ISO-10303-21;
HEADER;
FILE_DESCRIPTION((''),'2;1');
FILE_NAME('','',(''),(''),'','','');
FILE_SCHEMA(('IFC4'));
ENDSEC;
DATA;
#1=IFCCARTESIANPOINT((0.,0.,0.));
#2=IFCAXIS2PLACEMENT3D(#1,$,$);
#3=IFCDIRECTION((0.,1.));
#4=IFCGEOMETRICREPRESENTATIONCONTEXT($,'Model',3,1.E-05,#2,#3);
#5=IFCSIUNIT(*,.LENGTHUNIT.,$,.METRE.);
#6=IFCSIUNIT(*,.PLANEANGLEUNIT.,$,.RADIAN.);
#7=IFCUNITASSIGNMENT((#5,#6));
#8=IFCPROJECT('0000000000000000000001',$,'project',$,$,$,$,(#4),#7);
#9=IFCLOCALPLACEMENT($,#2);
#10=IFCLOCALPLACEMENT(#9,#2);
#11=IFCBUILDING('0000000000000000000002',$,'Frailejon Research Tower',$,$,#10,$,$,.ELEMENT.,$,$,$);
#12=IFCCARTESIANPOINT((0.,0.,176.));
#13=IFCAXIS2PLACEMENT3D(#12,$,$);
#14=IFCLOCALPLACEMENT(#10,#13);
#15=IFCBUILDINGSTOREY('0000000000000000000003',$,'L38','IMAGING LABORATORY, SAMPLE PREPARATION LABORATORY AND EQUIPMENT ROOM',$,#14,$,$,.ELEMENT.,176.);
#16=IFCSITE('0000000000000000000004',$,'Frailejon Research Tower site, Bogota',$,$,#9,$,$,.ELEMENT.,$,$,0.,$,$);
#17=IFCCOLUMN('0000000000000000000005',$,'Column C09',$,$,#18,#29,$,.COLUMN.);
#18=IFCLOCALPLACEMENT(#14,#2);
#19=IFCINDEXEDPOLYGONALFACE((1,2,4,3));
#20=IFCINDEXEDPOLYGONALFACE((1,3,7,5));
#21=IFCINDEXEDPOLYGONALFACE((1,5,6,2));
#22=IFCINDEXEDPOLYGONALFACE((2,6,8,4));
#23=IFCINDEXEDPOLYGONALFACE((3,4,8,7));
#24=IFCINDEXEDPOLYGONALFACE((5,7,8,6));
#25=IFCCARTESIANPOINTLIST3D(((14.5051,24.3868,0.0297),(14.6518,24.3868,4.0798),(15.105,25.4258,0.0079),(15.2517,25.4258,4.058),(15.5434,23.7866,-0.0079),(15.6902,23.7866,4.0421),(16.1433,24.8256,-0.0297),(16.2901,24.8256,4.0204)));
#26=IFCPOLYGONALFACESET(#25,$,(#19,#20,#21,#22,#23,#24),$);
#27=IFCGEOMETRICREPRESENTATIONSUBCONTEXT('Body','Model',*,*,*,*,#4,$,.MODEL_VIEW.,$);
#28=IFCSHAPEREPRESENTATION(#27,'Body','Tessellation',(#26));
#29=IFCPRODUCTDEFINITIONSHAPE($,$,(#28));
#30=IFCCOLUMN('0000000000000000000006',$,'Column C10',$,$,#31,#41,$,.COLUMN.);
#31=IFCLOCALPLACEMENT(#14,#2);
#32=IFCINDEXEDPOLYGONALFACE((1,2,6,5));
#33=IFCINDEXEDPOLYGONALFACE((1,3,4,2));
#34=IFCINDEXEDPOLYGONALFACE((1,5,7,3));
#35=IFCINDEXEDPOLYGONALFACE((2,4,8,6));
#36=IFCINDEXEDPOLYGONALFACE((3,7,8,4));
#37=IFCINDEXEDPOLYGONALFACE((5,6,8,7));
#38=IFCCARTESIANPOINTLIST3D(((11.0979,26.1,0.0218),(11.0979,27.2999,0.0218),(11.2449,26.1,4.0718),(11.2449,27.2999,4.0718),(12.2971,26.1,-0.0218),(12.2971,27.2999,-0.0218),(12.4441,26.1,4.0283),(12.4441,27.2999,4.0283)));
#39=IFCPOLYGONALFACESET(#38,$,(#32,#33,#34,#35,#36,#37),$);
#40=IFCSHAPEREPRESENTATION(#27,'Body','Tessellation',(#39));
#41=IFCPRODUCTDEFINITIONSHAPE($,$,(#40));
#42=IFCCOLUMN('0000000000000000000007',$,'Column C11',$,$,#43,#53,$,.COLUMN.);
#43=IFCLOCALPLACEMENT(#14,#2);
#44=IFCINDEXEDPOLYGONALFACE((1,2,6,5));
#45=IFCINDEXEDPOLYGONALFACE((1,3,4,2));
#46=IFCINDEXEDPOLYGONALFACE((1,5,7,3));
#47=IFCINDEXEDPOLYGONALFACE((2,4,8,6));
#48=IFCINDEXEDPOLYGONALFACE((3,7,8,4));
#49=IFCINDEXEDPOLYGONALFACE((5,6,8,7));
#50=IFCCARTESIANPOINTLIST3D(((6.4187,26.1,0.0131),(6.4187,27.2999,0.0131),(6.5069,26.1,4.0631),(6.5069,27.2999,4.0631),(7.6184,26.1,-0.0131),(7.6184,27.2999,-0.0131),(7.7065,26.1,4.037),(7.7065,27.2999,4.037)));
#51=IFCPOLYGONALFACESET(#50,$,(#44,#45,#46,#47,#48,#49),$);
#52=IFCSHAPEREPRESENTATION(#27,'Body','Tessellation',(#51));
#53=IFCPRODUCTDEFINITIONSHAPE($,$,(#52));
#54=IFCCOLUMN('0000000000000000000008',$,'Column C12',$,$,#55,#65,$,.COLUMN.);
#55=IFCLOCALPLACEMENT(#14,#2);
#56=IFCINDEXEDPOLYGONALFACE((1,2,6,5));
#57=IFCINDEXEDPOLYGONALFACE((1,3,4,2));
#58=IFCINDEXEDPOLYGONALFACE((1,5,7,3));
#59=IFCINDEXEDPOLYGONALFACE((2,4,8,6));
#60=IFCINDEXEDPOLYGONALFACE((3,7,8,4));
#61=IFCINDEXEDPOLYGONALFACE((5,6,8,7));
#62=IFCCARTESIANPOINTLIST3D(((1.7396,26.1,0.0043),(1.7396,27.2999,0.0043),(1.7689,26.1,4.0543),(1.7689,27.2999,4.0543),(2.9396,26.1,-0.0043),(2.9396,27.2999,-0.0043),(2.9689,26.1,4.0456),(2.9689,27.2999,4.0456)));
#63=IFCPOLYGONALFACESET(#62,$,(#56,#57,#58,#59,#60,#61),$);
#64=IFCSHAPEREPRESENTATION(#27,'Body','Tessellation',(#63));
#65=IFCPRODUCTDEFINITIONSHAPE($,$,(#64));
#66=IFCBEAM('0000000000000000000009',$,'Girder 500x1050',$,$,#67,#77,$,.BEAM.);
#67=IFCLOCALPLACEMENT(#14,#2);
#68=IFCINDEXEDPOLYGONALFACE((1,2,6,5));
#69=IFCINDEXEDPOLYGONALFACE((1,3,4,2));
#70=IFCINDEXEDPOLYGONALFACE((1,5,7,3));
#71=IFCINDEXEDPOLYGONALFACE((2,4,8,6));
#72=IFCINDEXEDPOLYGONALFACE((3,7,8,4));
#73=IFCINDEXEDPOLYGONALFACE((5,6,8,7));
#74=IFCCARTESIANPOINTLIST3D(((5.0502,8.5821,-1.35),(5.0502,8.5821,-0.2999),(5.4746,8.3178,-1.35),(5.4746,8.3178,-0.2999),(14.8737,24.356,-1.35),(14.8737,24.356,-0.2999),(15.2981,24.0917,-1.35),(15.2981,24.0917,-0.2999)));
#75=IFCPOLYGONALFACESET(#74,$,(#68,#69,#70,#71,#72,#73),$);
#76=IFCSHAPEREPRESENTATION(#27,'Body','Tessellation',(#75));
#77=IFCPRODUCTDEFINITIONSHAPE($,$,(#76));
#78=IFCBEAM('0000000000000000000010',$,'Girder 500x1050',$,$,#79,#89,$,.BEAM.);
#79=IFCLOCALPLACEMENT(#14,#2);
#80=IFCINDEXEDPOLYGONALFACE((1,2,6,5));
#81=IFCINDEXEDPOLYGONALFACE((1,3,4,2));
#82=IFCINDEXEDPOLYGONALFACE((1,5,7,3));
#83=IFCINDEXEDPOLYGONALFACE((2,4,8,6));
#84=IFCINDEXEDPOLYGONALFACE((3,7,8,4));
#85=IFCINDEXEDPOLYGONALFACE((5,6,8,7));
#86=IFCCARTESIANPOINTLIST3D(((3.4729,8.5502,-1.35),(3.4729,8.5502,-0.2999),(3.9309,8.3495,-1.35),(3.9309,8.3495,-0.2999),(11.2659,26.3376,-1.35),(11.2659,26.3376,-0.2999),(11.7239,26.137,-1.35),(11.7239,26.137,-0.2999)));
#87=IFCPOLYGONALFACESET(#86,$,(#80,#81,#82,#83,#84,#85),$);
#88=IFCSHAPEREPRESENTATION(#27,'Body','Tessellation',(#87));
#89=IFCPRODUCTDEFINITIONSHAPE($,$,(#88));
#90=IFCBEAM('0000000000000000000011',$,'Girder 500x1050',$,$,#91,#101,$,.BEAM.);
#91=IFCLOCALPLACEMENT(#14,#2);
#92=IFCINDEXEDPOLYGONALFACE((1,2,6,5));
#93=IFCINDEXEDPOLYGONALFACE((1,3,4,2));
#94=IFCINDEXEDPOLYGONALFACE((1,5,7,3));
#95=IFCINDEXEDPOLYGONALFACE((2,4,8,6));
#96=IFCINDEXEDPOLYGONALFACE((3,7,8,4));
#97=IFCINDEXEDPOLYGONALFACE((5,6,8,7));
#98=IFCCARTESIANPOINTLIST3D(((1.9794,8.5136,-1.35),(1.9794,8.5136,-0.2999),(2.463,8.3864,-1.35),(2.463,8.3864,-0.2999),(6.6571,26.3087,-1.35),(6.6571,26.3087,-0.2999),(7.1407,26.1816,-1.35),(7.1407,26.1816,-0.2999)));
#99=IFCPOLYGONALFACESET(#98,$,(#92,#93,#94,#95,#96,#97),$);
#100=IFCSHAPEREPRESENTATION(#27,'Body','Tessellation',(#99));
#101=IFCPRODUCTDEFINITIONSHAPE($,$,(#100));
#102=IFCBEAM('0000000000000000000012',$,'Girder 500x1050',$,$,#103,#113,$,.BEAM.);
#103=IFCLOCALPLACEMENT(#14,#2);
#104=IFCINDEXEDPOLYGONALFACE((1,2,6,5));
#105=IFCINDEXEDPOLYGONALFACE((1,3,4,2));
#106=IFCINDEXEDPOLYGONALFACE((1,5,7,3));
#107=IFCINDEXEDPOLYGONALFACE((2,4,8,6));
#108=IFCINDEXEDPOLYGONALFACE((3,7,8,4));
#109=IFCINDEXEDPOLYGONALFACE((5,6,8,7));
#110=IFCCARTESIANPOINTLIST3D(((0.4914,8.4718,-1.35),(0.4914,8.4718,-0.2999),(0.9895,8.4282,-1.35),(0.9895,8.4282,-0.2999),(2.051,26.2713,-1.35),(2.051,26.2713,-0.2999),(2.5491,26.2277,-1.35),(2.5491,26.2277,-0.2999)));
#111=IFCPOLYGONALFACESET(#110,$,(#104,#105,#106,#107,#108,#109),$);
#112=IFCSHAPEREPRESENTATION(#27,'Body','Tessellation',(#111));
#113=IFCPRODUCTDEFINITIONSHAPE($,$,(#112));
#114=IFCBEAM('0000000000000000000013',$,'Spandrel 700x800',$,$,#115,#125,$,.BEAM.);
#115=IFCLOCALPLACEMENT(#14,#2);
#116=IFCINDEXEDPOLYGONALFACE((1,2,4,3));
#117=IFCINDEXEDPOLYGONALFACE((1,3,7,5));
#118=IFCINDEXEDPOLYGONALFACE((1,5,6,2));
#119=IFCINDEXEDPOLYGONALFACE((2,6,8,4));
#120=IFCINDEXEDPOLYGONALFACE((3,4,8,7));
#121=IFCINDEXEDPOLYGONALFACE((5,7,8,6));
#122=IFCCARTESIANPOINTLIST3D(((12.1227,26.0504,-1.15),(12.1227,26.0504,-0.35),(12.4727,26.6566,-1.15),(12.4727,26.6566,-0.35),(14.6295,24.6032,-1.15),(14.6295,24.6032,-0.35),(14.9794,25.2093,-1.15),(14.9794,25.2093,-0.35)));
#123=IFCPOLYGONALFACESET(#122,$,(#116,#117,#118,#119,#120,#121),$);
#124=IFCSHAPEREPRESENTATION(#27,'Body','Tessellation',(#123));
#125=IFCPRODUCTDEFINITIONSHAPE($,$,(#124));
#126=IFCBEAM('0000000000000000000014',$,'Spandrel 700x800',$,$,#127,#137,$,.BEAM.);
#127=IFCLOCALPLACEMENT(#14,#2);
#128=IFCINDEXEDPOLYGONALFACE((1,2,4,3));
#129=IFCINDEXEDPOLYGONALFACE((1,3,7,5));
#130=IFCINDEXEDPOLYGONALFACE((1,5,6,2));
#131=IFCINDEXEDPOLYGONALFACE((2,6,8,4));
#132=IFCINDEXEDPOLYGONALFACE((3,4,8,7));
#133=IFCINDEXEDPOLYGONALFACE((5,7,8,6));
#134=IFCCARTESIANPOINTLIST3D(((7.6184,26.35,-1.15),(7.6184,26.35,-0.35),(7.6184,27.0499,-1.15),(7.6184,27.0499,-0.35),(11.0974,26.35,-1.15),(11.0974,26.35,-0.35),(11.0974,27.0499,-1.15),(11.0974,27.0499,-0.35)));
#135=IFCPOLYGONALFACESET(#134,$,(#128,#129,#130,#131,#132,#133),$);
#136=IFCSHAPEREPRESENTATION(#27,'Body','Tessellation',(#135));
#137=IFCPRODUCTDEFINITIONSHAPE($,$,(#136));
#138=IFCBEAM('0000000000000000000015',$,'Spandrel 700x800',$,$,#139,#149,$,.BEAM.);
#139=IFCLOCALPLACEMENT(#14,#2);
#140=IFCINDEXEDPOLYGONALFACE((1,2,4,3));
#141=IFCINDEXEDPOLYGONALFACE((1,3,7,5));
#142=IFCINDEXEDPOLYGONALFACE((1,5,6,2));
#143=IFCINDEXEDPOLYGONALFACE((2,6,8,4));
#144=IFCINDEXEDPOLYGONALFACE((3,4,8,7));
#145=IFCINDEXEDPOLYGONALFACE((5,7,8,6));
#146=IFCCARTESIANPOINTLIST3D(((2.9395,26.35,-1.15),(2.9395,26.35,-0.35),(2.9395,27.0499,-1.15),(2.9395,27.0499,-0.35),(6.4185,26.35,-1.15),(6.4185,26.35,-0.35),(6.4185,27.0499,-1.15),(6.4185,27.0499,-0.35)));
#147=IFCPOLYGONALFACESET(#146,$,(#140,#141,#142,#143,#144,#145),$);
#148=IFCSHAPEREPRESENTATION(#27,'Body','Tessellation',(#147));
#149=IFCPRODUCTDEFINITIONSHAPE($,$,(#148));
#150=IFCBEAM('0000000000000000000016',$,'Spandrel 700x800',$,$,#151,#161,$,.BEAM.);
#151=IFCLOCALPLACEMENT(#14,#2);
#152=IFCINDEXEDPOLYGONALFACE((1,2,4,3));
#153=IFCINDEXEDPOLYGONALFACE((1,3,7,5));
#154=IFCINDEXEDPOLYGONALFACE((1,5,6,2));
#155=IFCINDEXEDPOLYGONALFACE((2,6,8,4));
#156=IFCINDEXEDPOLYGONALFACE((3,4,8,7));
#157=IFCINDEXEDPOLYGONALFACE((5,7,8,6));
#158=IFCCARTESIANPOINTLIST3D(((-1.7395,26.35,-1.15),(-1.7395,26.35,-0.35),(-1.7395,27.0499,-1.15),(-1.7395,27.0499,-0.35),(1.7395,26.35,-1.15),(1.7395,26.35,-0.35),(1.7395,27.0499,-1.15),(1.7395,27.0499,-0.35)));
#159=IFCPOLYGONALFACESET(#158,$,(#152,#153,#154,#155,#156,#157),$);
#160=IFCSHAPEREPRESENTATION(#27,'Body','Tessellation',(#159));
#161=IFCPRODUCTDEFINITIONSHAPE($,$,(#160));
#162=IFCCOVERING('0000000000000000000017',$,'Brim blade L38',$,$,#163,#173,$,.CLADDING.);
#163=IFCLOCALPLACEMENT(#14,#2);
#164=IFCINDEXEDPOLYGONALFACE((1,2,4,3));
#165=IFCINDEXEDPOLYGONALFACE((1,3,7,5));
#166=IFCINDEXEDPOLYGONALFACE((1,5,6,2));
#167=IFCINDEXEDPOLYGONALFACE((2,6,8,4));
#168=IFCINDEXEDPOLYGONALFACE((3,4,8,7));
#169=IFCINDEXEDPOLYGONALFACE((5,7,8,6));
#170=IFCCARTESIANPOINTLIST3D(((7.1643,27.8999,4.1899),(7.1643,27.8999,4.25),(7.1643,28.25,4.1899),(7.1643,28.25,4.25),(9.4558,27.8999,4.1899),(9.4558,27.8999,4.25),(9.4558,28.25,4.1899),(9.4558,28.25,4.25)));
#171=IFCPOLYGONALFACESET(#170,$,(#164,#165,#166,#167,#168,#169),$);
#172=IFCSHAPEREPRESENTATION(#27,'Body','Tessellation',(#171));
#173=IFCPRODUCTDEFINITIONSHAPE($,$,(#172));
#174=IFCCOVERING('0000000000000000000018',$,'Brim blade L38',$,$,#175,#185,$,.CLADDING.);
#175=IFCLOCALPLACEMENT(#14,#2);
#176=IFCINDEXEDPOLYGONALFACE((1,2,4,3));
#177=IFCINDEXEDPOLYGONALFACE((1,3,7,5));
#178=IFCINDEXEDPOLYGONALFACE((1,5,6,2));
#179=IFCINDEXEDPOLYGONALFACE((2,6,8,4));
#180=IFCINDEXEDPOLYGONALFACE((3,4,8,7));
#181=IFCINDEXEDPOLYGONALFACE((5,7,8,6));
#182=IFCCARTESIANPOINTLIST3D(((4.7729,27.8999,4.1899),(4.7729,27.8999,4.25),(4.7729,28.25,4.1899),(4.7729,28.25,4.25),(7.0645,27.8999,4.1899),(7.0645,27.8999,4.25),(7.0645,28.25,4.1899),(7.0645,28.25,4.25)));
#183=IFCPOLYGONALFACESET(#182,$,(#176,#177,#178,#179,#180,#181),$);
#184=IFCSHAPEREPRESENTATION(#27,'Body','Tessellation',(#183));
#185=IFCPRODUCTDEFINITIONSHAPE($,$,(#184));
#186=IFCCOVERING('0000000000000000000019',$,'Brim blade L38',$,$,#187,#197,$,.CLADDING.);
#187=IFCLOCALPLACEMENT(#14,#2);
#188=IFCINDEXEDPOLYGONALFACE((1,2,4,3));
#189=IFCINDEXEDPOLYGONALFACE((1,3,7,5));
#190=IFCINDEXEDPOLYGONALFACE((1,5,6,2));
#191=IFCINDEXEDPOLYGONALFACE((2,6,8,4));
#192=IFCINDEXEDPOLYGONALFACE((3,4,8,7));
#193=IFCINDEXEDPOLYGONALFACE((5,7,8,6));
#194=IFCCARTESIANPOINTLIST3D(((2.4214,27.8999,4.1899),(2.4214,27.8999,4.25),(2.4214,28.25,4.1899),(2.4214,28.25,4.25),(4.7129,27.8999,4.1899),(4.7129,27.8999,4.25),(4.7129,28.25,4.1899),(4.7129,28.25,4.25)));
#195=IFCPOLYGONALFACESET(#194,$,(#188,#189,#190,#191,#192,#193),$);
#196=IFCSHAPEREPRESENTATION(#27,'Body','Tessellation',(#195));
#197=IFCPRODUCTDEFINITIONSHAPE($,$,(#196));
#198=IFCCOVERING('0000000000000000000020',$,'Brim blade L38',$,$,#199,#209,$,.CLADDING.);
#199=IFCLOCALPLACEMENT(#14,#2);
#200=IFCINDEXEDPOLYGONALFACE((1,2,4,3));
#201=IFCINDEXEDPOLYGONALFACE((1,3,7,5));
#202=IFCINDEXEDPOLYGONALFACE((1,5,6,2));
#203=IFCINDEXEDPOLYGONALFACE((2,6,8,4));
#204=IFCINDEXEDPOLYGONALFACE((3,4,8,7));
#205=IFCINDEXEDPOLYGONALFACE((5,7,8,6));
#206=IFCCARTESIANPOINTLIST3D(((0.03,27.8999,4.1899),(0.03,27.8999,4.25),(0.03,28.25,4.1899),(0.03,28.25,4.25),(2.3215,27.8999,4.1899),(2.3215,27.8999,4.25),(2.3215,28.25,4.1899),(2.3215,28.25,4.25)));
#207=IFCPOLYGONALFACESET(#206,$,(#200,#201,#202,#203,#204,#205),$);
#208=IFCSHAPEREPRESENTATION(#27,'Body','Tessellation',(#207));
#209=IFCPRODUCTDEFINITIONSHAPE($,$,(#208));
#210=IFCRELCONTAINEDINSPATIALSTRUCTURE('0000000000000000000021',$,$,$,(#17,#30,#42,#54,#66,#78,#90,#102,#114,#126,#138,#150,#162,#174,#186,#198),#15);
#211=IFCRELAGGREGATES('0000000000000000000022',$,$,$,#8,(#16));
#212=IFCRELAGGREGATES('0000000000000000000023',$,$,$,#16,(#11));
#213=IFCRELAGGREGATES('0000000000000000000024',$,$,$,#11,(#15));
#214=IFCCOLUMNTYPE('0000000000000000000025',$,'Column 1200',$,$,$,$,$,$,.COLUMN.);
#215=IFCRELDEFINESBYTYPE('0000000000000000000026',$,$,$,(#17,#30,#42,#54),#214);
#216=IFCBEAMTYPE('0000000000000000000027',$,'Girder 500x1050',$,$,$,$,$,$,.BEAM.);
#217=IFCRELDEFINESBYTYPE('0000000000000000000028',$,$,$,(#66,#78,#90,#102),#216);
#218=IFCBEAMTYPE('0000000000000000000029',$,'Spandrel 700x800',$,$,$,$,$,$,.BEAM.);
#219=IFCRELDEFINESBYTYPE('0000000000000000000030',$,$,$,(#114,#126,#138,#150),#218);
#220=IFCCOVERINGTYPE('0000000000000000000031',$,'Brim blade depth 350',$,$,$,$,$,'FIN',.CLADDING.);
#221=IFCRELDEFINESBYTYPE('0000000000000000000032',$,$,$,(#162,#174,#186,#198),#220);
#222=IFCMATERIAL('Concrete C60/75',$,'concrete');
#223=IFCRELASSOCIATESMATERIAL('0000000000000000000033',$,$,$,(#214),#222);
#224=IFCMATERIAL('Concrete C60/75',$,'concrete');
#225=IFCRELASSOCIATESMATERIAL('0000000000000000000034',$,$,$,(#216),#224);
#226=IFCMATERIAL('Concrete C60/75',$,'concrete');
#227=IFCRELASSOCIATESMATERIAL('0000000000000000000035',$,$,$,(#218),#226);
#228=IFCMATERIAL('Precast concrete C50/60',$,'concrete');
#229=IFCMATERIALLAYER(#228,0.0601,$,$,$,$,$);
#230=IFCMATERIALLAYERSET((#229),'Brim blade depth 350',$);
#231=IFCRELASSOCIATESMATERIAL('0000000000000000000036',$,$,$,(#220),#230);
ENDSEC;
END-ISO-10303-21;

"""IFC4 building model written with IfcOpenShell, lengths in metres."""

from ifc_helpers import new_model, si_unit, direction, frame, origin, origin_2d, place, context, subcontext, project, spatial, polyline, rectangle, outline, extrude, material, layer, layer_set, material_profile, profile_set, type_object, element, save


model = new_model("IFC4")

# Units and contexts
model_context = context("Model", 3, precision=1e-05, world=origin(), true_north=direction((0.0, 1.0)))
body_context = subcontext(model_context, "Body", "Model", "MODEL_VIEW")
ifc_project = project(units=[si_unit("LENGTHUNIT", "METRE"), si_unit("PLANEANGLEUNIT", "RADIAN")], contexts=[model_context])

# Site, building, storey
site_placement = place(None, origin())
site = spatial("IfcSite", under=ifc_project, at=site_placement, Name="Frailejon Research Tower site, Bogota", CompositionType="ELEMENT", RefElevation=0.0)
building_placement = place(site_placement, origin())
building = spatial("IfcBuilding", under=site, at=building_placement, Name="Frailejon Research Tower", CompositionType="ELEMENT")
storey_placement = place(building_placement, frame((0.0, 0.0, 176.0)))
storey = spatial("IfcBuildingStorey", under=building, at=storey_placement, Name="L38", Description="IMAGING LABORATORY, SAMPLE PREPARATION LABORATORY AND EQUIPMENT ROOM", CompositionType="ELEMENT", Elevation=176.0)

# Columns
ifc_material_1 = material(Name="Concrete C60/75", Category="concrete")
ifc_material_profile_1 = material_profile(ifc_material_1, rectangle(XDim=1.2, YDim=1.2, at=origin_2d()), Name="Column 1200")
ifc_profile_set_1 = profile_set([ifc_material_profile_1], Name="Concrete C60/75")
column_type = type_object("IfcColumnType", Name="Column 1200", PredefinedType="COLUMN", material=ifc_profile_set_1)
for number, where, z_axis, x_axis, name in (
    (1, (15.3242, 24.6062, 0.0), (0.036205, 0.0, 0.999344), (-0.865315, 0.500246, 0.031349), "Column C09"),
    (2, (11.6975, 26.7, 0.0), (0.036265, 0.0, 0.999342), (-0.999342, 0.0, 0.036265), "Column C10"),
):
    element("IfcColumn", number, at=place(storey_placement, frame(where, z_axis=z_axis, x_axis=x_axis)), inside=storey, type_object=column_type, Name=name, PredefinedType="COLUMN", context=body_context, shape_type="SweptSolid", body=[
        extrude(rectangle(XDim=1.2, YDim=1.2, at=origin_2d()), origin(), (0.0, 0.0, 1.0), 4.0527),
    ])
column_1_placement = place(storey_placement, frame((7.0186, 26.7, 0.0), z_axis=(0.021756, 0.0, 0.999763), x_axis=(-0.999763, 0.0, 0.021756)))
element("IfcColumn", 3, at=column_1_placement, inside=storey, type_object=column_type, Name="Column C11", PredefinedType="COLUMN", context=body_context, shape_type="SweptSolid", body=[
    extrude(rectangle(XDim=1.2, YDim=1.2, at=origin_2d()), origin(), (0.0, 0.0, 1.0), 4.051),
])
column_2_placement = place(storey_placement, frame((2.3396, 26.7, 0.0), z_axis=(0.007234, 0.0, 0.999974), x_axis=(-0.999974, 0.0, 0.007234)))
element("IfcColumn", 4, at=column_2_placement, inside=storey, type_object=column_type, Name="Column C12", PredefinedType="COLUMN", context=body_context, shape_type="SweptSolid", body=[
    extrude(rectangle(XDim=1.2, YDim=1.2, at=origin_2d()), origin(), (0.0, 0.0, 1.0), 4.05),
])

# Beams
ifc_material_2 = material(Name="Concrete C60/75", Category="concrete")
ifc_material_profile_2 = material_profile(ifc_material_2, rectangle(XDim=0.5, YDim=1.05, at=origin_2d()), Name="Girder 500x1050")
ifc_profile_set_2 = profile_set([ifc_material_profile_2], Name="Concrete C60/75")
beam_type_1 = type_object("IfcBeamType", Name="Girder 500x1050", PredefinedType="BEAM", material=ifc_profile_set_2)
beam_1_placement = place(storey_placement, frame((15.0859, 24.2239, -0.825), z_axis=(-0.528635, -0.848849, 0.0), x_axis=(0.848849, -0.528635, 0.0)))
element("IfcBeam", 5, at=beam_1_placement, inside=storey, type_object=beam_type_1, Name="Girder 500x1050", PredefinedType="BEAM", context=body_context, shape_type="SweptSolid", body=[
    extrude(rectangle(XDim=0.5, YDim=1.05, at=origin_2d()), origin(), (0.0, 0.0, 1.0), 18.5828),
])
beam_2_placement = place(storey_placement, frame((11.4949, 26.2373, -0.825), z_axis=(-0.401294, -0.915949, 0.0), x_axis=(0.915949, -0.401294, 0.0)))
element("IfcBeam", 6, at=beam_2_placement, inside=storey, type_object=beam_type_1, Name="Girder 500x1050", PredefinedType="BEAM", context=body_context, shape_type="SweptSolid", body=[
    extrude(rectangle(XDim=0.5, YDim=1.05, at=origin_2d()), origin(), (0.0, 0.0, 1.0), 19.4197),
])
beam_3_placement = place(storey_placement, frame((6.8989, 26.2451, -0.825), z_axis=(-0.254229, -0.967144, 0.0), x_axis=(0.967144, -0.254229, 0.0)))
element("IfcBeam", 7, at=beam_3_placement, inside=storey, type_object=beam_type_1, Name="Girder 500x1050", PredefinedType="BEAM", context=body_context, shape_type="SweptSolid", body=[
    extrude(rectangle(XDim=0.5, YDim=1.05, at=origin_2d()), origin(), (0.0, 0.0, 1.0), 18.3997),
])
beam_4_placement = place(storey_placement, frame((2.3, 26.2495, -0.825), z_axis=(-0.087284, -0.996183, 0.0), x_axis=(0.996183, -0.087284, 0.0)))
element("IfcBeam", 8, at=beam_4_placement, inside=storey, type_object=beam_type_1, Name="Girder 500x1050", PredefinedType="BEAM", context=body_context, shape_type="SweptSolid", body=[
    extrude(rectangle(XDim=0.5, YDim=1.05, at=origin_2d()), origin(), (0.0, 0.0, 1.0), 17.8677),
])
ifc_material_3 = material(Name="Concrete C60/75", Category="concrete")
ifc_material_profile_3 = material_profile(ifc_material_3, rectangle(XDim=0.7, YDim=0.8, at=origin_2d()), Name="Spandrel 700x800")
ifc_profile_set_3 = profile_set([ifc_material_profile_3], Name="Concrete C60/75")
beam_type_2 = type_object("IfcBeamType", Name="Spandrel 700x800", PredefinedType="BEAM", material=ifc_profile_set_3)
beam_5_placement = place(storey_placement, frame((14.8044, 24.9062, -0.75), z_axis=(-0.866034, 0.499985, 0.0), x_axis=(-0.499985, -0.866034, 0.0)))
element("IfcBeam", 9, at=beam_5_placement, inside=storey, type_object=beam_type_2, Name="Spandrel 700x800", PredefinedType="BEAM", context=body_context, shape_type="SweptSolid", body=[
    extrude(rectangle(XDim=0.7, YDim=0.8, at=origin_2d()), origin(), (0.0, 0.0, 1.0), 2.8945),
])
for number, where, z_axis, x_axis, name in (
    (10, (11.0974, 26.7, -0.75), (-1.0, 0.0, 0.0), (0.0, -1.0, 0.0), "Spandrel 700x800"),
    (11, (6.4185, 26.7, -0.75), (-1.0, 0.0, 0.0), (0.0, -1.0, 0.0), "Spandrel 700x800"),
    (12, (1.7395, 26.7, -0.75), (-1.0, 0.0, 0.0), (0.0, -1.0, 0.0), "Spandrel 700x800"),
):
    element("IfcBeam", number, at=place(storey_placement, frame(where, z_axis=z_axis, x_axis=x_axis)), inside=storey, type_object=beam_type_2, Name=name, PredefinedType="BEAM", context=body_context, shape_type="SweptSolid", body=[
        extrude(rectangle(XDim=0.7, YDim=0.8, at=origin_2d()), origin(), (0.0, 0.0, 1.0), 3.479),
    ])

# Coverings
ifc_material_4 = material(Name="Precast concrete C50/60", Category="concrete")
ifc_layer_1 = layer(ifc_material_4, 0.0601)
ifc_layer_set_1 = layer_set([ifc_layer_1], Name="Brim blade depth 350")
covering_type_1 = type_object("IfcCoveringType", Name="Brim blade depth 350", ElementType="FIN", PredefinedType="CLADDING", material=ifc_layer_set_1)
for number, where, z_axis, x_axis, name in (
    (13, (7.1643, 27.8999, 4.25), (1.0, 0.0, 0.0), (0.0, 1.0, 0.0), "Brim blade L38"),
    (14, (4.7729, 27.8999, 4.25), (1.0, 0.0, 0.0), (0.0, 1.0, 0.0), "Brim blade L38"),
    (15, (2.4214, 27.8999, 4.25), (1.0, 0.0, 0.0), (0.0, 1.0, 0.0), "Brim blade L38"),
    (16, (0.03, 27.8999, 4.25), (1.0, 0.0, 0.0), (0.0, 1.0, 0.0), "Brim blade L38"),
):
    element("IfcCovering", number, at=place(storey_placement, frame(where, z_axis=z_axis, x_axis=x_axis)), inside=storey, type_object=covering_type_1, Name=name, PredefinedType="CLADDING", context=body_context, shape_type="SweptSolid", body=[
        extrude(outline(polyline([(0.0, -0.0601), (0.3501, -0.0601), (0.3501, 0.0), (0.0, 0.0), (0.0, -0.0601)])), origin(), (0.0, 0.0, 1.0), 2.2915),
    ])

save(model, "model.ifc")
